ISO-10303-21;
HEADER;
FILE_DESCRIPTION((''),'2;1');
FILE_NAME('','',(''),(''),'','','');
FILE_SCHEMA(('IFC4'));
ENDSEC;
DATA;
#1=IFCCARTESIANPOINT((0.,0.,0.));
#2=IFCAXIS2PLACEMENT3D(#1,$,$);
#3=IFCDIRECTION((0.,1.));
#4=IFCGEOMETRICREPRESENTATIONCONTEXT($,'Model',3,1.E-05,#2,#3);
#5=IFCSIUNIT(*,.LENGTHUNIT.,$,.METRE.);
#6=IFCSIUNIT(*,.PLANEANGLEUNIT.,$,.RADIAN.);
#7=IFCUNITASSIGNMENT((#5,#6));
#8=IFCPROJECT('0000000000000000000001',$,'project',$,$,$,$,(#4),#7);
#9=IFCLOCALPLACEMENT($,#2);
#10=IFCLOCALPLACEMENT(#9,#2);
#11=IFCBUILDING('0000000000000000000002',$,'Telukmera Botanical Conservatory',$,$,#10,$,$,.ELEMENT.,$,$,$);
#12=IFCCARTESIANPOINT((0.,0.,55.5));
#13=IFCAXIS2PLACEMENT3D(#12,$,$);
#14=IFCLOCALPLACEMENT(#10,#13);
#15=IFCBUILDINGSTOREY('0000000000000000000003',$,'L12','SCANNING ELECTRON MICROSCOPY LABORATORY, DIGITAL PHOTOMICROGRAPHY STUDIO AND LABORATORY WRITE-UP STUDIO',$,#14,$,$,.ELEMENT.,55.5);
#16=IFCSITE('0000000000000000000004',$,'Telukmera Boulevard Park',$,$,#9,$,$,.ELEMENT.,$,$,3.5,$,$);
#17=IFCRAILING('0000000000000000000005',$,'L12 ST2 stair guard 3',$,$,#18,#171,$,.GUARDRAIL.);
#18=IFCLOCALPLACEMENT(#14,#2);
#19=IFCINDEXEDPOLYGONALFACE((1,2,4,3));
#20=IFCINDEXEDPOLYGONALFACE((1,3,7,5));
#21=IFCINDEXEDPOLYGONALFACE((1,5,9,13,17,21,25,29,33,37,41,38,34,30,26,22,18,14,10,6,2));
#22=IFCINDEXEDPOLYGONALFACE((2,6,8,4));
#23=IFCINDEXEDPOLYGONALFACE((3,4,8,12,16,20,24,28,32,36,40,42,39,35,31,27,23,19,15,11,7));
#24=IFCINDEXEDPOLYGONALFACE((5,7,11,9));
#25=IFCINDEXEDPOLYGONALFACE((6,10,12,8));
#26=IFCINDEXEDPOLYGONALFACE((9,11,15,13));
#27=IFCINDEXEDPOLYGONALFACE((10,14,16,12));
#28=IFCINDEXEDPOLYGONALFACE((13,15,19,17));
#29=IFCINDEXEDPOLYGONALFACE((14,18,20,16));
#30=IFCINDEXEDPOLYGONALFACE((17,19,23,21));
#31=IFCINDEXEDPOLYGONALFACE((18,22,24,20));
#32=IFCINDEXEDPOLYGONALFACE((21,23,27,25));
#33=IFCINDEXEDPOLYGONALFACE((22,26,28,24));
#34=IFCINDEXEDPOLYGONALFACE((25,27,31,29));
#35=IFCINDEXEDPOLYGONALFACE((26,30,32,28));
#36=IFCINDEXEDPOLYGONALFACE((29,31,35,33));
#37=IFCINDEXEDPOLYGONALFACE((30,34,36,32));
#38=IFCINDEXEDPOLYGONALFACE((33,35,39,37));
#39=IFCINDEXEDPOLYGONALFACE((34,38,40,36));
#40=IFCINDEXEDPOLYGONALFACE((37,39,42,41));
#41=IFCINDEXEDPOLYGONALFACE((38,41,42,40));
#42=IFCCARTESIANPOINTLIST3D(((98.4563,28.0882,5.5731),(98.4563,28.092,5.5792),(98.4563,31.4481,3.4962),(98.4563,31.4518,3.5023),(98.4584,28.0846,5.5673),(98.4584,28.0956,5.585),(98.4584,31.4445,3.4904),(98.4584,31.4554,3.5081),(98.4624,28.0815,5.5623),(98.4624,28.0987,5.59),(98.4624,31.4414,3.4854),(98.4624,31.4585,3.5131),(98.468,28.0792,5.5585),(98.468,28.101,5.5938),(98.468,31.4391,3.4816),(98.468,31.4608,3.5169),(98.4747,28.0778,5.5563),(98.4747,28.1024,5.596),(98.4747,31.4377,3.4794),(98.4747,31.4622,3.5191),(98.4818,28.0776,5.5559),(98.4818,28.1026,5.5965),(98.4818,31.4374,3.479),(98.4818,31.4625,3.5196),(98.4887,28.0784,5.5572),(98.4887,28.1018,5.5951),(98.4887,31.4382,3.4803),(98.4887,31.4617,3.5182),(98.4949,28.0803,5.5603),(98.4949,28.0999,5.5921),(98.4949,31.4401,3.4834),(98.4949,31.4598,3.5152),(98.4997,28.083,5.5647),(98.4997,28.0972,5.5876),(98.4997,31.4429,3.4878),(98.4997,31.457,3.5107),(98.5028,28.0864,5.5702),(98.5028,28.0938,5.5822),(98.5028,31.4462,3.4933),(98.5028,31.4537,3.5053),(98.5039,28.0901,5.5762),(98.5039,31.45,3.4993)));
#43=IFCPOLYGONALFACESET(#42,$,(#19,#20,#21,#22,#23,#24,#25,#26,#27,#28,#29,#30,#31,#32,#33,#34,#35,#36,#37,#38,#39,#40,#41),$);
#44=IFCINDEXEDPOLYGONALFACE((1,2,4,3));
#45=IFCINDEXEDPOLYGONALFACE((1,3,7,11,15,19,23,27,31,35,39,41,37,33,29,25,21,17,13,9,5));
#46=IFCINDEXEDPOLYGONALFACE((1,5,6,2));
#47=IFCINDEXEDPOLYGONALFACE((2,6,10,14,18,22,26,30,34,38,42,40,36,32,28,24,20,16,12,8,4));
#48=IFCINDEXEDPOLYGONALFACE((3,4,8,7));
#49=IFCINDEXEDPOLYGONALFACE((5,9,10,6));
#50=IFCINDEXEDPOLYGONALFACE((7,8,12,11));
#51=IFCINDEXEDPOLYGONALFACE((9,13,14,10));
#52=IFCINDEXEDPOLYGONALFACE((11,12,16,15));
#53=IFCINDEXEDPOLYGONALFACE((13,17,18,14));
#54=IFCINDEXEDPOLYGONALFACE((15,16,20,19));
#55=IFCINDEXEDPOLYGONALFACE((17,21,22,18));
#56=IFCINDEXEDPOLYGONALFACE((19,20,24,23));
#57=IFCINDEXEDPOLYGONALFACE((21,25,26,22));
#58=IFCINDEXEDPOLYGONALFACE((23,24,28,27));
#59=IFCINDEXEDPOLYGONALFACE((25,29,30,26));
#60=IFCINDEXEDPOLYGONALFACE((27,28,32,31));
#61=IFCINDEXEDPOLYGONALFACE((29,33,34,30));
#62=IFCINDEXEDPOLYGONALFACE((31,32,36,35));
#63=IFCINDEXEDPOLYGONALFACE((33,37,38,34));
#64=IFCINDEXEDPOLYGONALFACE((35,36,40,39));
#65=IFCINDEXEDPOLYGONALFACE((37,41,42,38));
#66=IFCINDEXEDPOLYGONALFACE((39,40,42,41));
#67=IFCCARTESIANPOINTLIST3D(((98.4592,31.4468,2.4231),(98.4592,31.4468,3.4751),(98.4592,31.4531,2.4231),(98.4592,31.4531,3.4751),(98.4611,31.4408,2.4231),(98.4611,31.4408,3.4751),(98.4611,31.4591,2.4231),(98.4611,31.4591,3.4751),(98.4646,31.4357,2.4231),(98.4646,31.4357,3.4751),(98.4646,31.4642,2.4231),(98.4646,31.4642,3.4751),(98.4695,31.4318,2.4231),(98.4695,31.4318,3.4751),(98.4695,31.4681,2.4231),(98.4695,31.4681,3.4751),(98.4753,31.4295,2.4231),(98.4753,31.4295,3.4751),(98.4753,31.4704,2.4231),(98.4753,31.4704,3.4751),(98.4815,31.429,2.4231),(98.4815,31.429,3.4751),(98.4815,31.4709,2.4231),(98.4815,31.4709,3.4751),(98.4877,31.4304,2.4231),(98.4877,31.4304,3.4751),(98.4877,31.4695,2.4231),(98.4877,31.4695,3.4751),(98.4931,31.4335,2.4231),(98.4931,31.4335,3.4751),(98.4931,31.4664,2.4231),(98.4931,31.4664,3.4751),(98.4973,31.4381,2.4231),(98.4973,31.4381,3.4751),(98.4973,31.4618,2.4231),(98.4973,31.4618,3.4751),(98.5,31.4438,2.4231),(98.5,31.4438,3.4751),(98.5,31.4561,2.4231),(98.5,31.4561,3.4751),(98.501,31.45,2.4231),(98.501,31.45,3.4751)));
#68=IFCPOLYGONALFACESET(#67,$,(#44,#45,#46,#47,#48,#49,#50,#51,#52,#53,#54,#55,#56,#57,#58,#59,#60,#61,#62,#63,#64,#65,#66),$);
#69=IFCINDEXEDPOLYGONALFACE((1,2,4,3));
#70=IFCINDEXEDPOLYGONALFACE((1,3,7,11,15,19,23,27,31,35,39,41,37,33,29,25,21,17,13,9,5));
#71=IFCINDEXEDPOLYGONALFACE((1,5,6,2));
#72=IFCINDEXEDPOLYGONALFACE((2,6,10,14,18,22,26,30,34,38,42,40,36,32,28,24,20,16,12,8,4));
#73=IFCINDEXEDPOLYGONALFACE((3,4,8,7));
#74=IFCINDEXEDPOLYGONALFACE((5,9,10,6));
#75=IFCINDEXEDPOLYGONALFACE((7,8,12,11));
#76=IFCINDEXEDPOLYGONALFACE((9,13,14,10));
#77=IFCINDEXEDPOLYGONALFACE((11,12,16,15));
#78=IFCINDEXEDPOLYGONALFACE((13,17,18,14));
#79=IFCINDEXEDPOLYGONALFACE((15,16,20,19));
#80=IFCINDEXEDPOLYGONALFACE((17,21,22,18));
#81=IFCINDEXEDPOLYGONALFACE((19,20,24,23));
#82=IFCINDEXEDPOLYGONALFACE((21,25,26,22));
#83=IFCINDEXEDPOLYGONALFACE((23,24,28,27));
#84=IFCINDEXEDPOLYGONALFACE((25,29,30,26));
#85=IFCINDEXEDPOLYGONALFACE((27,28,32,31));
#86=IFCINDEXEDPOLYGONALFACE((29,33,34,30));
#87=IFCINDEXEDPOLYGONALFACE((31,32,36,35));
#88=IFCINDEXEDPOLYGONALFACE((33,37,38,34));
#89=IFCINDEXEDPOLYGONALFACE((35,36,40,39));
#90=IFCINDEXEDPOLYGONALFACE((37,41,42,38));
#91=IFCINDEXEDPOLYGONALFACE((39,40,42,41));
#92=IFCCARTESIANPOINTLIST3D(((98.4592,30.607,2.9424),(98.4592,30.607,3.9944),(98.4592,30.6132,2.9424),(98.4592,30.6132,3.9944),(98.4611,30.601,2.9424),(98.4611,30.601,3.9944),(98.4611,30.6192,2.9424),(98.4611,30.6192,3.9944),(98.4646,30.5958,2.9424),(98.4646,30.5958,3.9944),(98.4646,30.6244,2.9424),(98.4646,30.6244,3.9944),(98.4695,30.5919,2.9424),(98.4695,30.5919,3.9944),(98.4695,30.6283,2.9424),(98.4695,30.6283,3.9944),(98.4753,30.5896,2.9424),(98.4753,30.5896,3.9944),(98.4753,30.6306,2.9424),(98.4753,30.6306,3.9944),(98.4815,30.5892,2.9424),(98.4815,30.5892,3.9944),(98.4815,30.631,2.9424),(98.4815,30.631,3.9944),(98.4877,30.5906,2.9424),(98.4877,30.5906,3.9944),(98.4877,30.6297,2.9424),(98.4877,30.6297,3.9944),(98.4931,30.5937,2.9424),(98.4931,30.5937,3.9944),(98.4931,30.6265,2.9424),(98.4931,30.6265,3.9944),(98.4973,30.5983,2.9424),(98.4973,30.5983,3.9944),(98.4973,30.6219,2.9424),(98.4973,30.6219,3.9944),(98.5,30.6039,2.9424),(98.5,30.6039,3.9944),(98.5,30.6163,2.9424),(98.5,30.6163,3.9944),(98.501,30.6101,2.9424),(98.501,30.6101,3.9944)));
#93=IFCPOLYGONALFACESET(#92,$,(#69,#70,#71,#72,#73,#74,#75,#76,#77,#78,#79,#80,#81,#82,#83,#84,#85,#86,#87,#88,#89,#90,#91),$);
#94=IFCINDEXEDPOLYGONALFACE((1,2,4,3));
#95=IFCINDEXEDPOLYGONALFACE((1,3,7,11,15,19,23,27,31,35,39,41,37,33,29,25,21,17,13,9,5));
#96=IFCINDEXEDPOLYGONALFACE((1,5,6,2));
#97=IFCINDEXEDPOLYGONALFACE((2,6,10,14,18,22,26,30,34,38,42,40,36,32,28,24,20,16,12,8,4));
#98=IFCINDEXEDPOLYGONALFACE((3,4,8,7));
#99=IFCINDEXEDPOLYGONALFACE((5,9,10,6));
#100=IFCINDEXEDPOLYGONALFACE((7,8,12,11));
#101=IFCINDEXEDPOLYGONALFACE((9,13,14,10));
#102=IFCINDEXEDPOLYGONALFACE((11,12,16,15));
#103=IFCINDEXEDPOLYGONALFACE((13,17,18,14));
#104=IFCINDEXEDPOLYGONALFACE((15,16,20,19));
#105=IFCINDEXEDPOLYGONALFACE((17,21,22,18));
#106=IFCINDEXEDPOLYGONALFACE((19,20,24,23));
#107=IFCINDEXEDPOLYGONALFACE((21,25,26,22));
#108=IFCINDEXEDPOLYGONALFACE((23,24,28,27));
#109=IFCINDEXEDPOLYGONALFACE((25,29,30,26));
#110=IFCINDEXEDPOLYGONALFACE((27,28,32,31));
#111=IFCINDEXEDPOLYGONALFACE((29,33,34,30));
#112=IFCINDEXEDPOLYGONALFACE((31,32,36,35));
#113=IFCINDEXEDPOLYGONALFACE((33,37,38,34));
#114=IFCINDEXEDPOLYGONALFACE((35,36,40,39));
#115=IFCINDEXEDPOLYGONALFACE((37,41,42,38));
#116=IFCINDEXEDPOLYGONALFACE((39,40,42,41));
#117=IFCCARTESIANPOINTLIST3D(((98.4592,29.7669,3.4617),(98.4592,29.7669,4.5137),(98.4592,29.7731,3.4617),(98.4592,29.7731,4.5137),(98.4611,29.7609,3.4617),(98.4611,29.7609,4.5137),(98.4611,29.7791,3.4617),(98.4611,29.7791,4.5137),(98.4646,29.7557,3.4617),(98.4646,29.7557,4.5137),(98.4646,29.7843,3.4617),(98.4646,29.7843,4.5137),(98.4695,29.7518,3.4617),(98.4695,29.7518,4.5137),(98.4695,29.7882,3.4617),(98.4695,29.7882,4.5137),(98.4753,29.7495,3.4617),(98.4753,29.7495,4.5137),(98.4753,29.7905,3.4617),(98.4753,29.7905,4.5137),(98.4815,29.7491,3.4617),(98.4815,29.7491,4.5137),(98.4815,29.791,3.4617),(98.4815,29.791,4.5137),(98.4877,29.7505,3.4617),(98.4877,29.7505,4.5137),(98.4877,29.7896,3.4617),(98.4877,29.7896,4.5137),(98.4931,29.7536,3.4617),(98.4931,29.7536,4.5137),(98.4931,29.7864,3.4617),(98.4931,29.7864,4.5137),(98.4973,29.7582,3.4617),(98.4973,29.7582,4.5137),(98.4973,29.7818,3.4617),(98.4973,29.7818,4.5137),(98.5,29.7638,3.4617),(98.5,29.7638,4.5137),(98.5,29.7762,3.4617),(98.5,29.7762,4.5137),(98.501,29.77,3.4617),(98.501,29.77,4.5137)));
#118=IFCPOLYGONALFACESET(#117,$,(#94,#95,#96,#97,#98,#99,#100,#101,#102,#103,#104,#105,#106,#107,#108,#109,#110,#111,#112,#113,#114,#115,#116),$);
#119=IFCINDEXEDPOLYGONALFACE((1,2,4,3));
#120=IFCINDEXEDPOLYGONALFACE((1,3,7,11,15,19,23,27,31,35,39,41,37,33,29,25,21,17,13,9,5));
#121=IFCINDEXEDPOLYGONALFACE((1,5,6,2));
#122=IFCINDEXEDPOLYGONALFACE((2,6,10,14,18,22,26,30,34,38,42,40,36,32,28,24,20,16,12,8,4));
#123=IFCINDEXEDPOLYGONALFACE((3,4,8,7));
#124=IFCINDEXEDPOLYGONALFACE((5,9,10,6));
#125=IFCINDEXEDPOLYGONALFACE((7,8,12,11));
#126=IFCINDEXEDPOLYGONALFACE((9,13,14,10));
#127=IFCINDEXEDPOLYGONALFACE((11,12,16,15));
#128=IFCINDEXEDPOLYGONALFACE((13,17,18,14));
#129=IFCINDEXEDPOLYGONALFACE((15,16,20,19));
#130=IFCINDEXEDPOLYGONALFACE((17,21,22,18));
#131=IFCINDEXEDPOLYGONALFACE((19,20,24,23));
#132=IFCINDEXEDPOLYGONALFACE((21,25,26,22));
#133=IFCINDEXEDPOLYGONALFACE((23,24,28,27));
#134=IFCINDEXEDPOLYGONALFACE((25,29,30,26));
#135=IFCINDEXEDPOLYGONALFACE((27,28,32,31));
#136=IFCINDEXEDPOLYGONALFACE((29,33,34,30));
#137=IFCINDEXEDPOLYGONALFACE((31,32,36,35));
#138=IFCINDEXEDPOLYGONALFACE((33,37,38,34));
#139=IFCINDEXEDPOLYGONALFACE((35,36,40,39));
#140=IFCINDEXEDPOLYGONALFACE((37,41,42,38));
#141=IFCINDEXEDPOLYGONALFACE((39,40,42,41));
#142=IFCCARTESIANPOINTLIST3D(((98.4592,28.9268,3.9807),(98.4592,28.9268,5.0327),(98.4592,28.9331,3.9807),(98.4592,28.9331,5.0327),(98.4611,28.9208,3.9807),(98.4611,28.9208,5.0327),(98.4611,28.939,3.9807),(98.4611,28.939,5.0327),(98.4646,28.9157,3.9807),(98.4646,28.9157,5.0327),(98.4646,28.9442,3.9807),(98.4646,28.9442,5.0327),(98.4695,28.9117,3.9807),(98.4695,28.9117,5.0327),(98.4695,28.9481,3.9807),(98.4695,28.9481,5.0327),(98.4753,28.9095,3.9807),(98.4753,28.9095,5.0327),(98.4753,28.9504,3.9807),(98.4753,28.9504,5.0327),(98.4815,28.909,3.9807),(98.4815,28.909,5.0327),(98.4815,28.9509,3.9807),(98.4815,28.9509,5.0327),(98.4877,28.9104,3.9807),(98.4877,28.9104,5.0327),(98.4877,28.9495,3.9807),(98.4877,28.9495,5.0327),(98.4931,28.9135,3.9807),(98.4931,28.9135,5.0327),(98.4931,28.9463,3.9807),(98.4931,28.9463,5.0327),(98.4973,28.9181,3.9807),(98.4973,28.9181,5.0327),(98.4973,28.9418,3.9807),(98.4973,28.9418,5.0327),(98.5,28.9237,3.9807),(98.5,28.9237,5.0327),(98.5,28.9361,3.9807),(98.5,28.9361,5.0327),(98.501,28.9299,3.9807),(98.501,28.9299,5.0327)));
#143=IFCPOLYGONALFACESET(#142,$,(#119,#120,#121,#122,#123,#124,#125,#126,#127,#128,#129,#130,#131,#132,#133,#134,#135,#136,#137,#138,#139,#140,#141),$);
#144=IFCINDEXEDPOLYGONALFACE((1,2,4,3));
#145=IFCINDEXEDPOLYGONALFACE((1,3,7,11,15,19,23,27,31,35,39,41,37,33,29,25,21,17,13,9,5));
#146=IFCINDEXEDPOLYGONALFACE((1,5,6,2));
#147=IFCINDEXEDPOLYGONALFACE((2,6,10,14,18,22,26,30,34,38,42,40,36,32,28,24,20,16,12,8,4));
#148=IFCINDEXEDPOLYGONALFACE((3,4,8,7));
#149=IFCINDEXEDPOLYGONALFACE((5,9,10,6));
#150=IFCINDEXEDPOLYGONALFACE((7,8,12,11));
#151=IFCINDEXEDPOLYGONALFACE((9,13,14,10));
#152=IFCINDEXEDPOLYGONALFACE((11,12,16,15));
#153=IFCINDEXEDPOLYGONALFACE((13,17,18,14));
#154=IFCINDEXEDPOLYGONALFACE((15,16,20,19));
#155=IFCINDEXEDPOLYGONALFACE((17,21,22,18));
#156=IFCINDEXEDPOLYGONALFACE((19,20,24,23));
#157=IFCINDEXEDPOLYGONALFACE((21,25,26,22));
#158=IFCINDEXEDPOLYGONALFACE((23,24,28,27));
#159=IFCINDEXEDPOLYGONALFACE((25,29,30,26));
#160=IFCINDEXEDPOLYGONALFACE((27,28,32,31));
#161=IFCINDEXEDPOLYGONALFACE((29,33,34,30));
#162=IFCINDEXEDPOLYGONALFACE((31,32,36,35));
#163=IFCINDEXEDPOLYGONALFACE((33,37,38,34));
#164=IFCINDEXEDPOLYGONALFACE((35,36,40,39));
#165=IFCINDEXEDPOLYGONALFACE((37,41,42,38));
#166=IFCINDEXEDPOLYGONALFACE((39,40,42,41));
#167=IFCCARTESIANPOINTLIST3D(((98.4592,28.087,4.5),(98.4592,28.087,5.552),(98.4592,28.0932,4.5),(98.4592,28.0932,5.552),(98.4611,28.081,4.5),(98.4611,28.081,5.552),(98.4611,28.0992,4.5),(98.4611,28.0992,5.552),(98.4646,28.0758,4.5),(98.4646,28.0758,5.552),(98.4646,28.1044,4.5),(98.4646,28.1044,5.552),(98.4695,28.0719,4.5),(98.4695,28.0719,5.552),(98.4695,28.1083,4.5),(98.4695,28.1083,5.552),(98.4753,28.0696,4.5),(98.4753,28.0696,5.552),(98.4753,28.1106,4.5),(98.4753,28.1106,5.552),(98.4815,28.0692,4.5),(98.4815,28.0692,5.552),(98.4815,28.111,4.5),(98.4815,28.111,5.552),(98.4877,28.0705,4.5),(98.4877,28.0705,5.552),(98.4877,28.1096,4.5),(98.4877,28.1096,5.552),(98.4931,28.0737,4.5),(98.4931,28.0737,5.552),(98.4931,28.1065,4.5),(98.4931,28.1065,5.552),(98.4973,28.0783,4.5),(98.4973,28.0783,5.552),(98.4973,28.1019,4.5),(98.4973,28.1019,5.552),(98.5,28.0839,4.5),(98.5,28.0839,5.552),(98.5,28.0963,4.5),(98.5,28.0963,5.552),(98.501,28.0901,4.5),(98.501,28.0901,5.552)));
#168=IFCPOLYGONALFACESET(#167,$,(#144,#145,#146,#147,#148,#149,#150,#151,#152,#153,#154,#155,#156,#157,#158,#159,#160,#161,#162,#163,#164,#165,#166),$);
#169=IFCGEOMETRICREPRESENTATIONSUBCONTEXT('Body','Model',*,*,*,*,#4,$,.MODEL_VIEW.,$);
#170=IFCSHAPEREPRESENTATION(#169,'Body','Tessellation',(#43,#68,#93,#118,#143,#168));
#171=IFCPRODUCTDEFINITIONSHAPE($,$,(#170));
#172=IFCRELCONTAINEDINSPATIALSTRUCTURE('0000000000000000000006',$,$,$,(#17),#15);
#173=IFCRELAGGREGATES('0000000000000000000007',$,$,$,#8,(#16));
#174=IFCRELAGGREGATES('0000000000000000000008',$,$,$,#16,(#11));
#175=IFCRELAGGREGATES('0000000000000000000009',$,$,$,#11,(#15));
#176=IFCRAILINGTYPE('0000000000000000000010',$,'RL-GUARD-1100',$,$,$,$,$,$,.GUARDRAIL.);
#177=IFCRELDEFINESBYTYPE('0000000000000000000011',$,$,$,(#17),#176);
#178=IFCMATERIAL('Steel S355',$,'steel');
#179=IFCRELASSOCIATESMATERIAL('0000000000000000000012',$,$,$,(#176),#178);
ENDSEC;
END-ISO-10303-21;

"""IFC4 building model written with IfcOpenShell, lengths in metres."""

from ifc_helpers import new_model, si_unit, direction, frame, origin, origin_2d, place, context, subcontext, project, spatial, circle, extrude, material, type_object, element, save


model = new_model("IFC4")

# Units and contexts
model_context = context("Model", 3, precision=1e-05, world=origin(), true_north=direction((0.0, 1.0)))
body_context = subcontext(model_context, "Body", "Model", "MODEL_VIEW")
ifc_project = project(units=[si_unit("LENGTHUNIT", "METRE"), si_unit("PLANEANGLEUNIT", "RADIAN")], contexts=[model_context])

# Site, building, storey
site_placement = place(None, origin())
site = spatial("IfcSite", under=ifc_project, at=site_placement, Name="Telukmera Boulevard Park", CompositionType="ELEMENT", RefElevation=3.5)
building_placement = place(site_placement, origin())
building = spatial("IfcBuilding", under=site, at=building_placement, Name="Telukmera Botanical Conservatory", CompositionType="ELEMENT")
storey_placement = place(building_placement, frame((0.0, 0.0, 55.5)))
storey = spatial("IfcBuildingStorey", under=building, at=storey_placement, Name="L12", Description="SCANNING ELECTRON MICROSCOPY LABORATORY, DIGITAL PHOTOMICROGRAPHY STUDIO AND LABORATORY WRITE-UP STUDIO", CompositionType="ELEMENT", Elevation=55.5)

# Railing
ifc_material_1 = material(Name="Steel S355", Category="steel")
railing_type_1 = type_object("IfcRailingType", Name="RL-GUARD-1100", PredefinedType="GUARDRAIL", material=ifc_material_1)
railing_1_placement = place(storey_placement, frame((98.48, 31.45, 2.4231)))
element("IfcRailing", 1, at=railing_1_placement, inside=storey, type_object=railing_type_1, Name="L12 ST2 stair guard 3", PredefinedType="GUARDRAIL", context=body_context, shape_type="SweptSolid", body=[
    extrude(circle(Radius=0.0239, at=origin_2d()), frame((0.0, 0.0, 1.0762), z_axis=(0.0, -0.850606, 0.525803), x_axis=(1.0, 0.0, 0.0)), (0.0, 0.0, 1.0), 3.95),
    extrude(circle(Radius=0.021, at=origin_2d()), origin(), (0.0, 0.0, 1.0), 1.052),
    extrude(circle(Radius=0.021, at=origin_2d()), frame((0.0, -0.8398, 0.5193)), (0.0, 0.0, 1.0), 1.052),
    extrude(circle(Radius=0.021, at=origin_2d()), frame((0.0, -1.6799, 1.0386)), (0.0, 0.0, 1.0), 1.052),
    extrude(circle(Radius=0.021, at=origin_2d()), frame((0.0, -2.52, 1.5576)), (0.0, 0.0, 1.0), 1.052),
    extrude(circle(Radius=0.021, at=origin_2d()), frame((0.0, -3.3599, 2.0769)), (0.0, 0.0, 1.0), 1.052),
])

save(model, "model.ifc")
